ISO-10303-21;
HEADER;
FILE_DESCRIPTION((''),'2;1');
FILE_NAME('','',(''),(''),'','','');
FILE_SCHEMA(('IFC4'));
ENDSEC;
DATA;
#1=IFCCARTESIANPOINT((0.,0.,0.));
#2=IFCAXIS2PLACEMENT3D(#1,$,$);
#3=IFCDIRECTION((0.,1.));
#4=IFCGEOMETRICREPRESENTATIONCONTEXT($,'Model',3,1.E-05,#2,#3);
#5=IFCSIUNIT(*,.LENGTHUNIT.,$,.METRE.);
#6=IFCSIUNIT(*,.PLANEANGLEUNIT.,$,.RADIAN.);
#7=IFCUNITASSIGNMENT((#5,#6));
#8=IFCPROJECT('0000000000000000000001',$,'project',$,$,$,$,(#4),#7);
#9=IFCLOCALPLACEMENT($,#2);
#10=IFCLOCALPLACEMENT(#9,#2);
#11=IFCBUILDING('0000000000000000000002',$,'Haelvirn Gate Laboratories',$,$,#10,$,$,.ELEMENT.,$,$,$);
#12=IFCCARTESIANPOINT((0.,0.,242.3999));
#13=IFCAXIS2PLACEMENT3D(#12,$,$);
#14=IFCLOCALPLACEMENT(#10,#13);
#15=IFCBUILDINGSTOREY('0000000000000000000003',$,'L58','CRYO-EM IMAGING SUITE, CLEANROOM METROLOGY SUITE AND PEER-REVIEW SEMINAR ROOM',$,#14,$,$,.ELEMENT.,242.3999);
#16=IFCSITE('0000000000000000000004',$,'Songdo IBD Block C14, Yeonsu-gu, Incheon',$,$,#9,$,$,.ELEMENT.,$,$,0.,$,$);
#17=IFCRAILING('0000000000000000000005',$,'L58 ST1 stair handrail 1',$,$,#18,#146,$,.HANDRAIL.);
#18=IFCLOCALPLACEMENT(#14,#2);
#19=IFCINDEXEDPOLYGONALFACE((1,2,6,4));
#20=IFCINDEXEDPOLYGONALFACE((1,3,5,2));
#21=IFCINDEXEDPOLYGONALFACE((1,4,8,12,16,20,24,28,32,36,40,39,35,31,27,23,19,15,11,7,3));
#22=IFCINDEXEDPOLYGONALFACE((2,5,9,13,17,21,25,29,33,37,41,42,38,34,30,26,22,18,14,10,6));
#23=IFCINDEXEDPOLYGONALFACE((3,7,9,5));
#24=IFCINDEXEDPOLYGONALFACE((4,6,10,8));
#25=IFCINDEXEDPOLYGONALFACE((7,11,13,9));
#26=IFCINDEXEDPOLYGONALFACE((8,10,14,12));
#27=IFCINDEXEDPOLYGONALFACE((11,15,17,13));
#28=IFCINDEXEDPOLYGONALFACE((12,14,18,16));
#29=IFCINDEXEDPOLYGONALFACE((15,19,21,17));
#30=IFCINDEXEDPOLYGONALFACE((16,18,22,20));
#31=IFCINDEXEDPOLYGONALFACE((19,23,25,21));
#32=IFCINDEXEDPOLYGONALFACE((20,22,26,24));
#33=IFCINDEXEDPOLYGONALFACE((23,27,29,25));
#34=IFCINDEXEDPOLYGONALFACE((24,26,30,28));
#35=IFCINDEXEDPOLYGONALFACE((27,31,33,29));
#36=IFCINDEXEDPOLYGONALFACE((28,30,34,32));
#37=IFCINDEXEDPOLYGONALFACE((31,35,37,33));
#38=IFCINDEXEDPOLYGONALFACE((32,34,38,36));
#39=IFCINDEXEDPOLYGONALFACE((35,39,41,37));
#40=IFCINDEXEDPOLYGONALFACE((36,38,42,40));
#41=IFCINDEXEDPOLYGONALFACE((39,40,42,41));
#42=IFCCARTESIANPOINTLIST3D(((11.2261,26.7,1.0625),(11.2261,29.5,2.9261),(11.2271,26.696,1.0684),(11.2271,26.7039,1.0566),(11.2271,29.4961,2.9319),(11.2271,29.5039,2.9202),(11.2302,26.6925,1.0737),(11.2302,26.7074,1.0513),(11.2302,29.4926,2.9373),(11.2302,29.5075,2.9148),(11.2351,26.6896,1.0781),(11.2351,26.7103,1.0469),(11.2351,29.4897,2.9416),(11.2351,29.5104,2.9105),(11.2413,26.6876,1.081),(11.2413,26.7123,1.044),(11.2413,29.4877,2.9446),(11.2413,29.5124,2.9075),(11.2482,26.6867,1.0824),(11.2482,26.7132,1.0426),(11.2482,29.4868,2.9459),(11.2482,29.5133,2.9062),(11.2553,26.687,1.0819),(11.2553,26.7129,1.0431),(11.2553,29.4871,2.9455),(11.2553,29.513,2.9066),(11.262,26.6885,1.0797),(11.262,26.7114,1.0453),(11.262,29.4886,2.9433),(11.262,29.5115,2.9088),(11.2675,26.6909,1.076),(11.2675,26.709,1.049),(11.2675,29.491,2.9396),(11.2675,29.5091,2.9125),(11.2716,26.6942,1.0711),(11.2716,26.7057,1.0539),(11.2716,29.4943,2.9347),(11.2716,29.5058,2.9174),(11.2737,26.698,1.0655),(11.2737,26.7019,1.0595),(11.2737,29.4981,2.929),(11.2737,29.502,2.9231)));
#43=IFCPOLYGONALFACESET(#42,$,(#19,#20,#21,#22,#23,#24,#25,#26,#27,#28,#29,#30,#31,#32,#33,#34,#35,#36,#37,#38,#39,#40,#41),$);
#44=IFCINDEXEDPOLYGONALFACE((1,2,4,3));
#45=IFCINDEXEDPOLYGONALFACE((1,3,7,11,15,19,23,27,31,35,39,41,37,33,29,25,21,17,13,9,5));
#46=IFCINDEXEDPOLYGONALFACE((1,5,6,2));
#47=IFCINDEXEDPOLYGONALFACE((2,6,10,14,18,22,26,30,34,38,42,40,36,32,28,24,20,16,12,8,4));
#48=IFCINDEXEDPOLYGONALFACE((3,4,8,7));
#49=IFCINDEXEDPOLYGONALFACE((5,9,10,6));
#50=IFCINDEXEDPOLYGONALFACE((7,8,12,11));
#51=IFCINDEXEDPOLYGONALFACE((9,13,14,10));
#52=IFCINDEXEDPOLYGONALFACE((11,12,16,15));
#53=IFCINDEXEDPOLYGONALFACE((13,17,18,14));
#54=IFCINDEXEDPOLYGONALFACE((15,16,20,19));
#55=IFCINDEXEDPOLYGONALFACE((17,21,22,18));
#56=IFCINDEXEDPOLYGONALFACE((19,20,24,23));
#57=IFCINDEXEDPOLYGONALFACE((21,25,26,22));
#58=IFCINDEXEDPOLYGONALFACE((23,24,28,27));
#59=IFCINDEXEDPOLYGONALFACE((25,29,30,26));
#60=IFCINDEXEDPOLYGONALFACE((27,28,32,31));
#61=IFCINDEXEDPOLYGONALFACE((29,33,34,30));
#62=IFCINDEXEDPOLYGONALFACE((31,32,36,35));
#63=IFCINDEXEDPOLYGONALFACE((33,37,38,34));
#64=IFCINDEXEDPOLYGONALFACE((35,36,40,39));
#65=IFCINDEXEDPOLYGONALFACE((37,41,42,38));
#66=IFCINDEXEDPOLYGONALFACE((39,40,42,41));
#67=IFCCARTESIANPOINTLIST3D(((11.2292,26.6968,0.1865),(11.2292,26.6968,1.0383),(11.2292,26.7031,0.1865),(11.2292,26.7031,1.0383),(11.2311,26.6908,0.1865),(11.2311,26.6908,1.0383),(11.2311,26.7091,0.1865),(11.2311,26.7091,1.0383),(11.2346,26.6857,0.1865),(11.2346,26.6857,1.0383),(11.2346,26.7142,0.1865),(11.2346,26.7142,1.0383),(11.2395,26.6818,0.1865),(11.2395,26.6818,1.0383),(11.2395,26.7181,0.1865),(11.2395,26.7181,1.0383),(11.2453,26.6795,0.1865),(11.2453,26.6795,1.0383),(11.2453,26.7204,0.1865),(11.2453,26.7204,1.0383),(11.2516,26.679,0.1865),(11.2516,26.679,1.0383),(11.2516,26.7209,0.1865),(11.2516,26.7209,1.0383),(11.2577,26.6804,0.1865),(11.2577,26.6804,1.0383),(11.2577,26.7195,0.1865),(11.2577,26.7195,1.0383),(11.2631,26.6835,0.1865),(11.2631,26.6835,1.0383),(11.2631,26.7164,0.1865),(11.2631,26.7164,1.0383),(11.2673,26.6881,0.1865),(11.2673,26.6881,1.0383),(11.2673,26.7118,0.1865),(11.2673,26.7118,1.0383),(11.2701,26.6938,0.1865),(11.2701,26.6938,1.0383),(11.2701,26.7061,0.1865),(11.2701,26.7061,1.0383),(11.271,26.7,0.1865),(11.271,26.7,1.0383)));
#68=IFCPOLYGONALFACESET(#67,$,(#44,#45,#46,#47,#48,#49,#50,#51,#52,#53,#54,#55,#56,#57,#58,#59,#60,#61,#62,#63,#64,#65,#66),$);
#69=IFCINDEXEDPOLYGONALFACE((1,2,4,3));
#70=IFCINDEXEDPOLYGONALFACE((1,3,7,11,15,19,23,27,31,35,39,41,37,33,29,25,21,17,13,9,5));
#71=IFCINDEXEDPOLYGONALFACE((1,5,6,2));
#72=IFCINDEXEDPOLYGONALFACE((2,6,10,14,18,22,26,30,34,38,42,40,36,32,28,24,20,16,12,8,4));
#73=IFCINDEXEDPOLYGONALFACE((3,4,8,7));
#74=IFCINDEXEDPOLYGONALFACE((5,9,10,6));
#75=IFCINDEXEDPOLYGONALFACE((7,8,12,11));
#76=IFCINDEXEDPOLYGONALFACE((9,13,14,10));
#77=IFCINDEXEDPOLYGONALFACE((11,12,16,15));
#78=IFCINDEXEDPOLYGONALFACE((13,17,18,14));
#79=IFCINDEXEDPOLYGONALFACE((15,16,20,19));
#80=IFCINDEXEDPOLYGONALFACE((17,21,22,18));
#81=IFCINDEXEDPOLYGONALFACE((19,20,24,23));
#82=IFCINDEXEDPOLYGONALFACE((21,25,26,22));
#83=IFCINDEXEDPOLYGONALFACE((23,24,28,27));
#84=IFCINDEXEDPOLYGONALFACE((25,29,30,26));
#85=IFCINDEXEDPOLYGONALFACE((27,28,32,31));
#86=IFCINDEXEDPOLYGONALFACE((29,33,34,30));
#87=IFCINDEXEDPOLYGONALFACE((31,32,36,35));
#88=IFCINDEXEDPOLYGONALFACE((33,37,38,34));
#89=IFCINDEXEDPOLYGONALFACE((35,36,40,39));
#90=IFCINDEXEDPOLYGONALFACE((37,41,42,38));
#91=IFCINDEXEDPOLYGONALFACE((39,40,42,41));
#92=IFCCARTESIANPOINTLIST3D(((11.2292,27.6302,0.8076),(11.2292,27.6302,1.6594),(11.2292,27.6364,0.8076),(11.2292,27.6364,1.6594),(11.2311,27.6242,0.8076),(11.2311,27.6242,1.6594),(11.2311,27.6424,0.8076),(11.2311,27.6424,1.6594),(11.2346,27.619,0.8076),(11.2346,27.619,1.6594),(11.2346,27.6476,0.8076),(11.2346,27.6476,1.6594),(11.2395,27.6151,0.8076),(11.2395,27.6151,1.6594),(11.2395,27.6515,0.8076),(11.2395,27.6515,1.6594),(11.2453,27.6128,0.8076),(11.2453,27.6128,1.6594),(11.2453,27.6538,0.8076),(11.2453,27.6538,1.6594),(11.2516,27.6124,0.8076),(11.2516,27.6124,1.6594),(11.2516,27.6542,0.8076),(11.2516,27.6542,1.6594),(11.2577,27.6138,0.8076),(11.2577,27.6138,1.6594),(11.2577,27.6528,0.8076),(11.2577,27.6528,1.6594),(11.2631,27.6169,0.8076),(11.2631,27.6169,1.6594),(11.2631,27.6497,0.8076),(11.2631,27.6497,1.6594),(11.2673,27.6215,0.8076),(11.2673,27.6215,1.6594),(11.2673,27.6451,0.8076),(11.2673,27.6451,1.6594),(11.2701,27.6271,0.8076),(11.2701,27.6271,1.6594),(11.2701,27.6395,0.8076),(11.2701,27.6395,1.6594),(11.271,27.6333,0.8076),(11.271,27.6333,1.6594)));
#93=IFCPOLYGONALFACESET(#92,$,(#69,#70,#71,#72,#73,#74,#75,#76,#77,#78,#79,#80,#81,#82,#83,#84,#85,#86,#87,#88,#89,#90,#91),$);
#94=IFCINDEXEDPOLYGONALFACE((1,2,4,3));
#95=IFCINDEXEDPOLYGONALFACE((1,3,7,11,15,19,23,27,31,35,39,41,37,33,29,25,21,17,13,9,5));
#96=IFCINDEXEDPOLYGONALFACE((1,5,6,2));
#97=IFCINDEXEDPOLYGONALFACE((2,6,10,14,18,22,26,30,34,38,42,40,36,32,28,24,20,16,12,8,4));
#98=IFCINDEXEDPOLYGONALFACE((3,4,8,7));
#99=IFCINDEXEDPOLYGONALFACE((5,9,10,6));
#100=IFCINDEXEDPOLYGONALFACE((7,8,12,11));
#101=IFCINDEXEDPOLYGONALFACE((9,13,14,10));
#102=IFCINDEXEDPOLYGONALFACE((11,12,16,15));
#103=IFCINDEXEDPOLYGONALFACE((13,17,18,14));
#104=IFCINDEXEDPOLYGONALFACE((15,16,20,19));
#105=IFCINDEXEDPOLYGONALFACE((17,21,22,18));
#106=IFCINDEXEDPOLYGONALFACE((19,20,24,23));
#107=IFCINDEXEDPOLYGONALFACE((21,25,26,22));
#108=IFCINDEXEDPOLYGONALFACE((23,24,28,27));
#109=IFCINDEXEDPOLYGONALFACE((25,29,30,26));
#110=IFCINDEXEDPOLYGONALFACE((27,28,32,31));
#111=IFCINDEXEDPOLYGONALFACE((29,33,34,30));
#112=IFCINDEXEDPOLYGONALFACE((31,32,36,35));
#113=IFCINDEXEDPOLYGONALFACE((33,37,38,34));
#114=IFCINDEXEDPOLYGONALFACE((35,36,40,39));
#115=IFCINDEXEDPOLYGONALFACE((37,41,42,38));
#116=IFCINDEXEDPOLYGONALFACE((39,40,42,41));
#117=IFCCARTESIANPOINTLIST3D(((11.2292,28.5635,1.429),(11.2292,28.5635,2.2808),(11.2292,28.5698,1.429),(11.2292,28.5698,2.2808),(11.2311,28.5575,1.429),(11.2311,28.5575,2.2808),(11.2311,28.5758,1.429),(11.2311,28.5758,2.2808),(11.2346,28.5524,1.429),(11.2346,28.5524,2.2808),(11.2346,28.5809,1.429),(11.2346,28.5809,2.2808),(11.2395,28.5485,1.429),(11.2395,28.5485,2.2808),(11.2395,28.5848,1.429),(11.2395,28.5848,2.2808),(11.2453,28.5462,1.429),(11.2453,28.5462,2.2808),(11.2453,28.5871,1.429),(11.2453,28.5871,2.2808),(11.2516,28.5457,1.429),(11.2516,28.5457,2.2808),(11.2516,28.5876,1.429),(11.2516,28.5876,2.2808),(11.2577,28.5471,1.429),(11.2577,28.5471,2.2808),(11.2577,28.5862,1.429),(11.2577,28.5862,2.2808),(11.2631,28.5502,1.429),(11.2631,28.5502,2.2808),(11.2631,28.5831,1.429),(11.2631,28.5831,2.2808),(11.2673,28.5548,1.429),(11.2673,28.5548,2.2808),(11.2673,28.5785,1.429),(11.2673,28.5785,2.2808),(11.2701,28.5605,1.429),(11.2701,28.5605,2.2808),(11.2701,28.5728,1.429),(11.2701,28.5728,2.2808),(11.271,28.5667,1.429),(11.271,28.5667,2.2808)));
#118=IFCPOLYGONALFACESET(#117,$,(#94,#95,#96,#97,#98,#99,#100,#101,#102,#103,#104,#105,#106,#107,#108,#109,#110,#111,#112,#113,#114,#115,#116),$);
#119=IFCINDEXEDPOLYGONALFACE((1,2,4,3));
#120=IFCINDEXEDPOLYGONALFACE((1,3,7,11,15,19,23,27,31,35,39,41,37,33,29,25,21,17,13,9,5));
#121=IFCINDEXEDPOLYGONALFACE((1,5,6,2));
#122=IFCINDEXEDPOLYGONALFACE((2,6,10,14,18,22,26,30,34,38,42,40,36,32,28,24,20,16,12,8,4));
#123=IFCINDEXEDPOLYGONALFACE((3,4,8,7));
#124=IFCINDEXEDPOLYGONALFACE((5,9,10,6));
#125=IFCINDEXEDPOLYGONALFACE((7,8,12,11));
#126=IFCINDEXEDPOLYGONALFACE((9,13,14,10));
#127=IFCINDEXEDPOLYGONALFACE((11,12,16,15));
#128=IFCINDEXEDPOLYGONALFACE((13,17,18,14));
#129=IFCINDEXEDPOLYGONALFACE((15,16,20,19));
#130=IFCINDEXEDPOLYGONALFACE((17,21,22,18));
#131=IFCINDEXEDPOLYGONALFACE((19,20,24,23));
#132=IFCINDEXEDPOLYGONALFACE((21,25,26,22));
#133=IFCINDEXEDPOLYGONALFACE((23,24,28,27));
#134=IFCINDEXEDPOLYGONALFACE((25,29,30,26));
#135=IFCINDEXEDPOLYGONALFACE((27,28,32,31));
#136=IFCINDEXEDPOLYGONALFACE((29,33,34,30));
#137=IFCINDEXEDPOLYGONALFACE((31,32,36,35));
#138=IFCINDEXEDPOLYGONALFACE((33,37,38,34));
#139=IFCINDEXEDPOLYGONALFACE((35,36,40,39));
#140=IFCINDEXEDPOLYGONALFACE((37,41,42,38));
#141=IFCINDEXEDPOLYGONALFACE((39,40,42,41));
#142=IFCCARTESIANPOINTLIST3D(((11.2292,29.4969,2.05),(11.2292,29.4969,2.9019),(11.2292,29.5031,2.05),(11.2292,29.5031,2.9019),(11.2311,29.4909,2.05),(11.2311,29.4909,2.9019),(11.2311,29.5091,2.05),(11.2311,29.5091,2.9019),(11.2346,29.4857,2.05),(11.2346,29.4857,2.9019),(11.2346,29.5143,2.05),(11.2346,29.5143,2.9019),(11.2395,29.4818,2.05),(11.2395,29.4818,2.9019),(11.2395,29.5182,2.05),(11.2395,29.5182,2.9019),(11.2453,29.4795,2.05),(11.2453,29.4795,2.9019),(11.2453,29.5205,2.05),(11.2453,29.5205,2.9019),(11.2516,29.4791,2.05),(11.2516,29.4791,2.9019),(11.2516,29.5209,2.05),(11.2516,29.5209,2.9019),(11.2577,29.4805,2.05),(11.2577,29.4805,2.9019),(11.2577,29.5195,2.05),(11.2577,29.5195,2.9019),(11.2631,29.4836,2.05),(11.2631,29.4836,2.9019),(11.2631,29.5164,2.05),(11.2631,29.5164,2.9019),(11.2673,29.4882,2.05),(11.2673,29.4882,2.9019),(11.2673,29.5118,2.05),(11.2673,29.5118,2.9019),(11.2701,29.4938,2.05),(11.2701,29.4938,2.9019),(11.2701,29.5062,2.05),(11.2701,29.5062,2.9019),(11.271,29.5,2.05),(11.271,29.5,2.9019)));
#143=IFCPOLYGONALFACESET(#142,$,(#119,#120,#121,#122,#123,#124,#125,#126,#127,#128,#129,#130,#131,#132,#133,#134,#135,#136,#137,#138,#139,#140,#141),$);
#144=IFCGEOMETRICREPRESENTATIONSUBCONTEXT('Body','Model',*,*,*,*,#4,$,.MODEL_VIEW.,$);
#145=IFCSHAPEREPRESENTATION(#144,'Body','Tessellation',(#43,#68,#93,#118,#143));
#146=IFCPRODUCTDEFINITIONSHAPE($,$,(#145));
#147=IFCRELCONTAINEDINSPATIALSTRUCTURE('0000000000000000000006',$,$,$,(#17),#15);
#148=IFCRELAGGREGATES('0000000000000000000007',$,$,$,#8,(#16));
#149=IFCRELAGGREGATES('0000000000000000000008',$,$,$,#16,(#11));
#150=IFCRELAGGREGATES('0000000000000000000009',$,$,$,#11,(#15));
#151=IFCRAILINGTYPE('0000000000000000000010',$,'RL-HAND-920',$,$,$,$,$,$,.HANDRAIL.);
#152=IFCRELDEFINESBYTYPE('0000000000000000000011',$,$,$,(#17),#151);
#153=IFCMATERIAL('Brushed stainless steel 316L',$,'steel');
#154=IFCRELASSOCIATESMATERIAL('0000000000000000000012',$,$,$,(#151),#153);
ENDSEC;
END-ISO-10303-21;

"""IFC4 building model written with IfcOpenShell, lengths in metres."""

from ifc_helpers import new_model, si_unit, direction, frame, origin, origin_2d, place, context, subcontext, project, spatial, circle, extrude, source, transform, mapped, material, type_object, element, save


model = new_model("IFC4")

# Units and contexts
model_context = context("Model", 3, precision=1e-05, world=origin(), true_north=direction((0.0, 1.0)))
body_context = subcontext(model_context, "Body", "Model", "MODEL_VIEW")
ifc_project = project(units=[si_unit("LENGTHUNIT", "METRE"), si_unit("PLANEANGLEUNIT", "RADIAN")], contexts=[model_context])

# Site, building, storey
site_placement = place(None, origin())
site = spatial("IfcSite", under=ifc_project, at=site_placement, Name="Songdo IBD Block C14, Yeonsu-gu, Incheon", CompositionType="ELEMENT", RefElevation=0.0)
building_placement = place(site_placement, origin())
building = spatial("IfcBuilding", under=site, at=building_placement, Name="Haelvirn Gate Laboratories", CompositionType="ELEMENT")
storey_placement = place(building_placement, frame((0.0, 0.0, 242.3999)))
storey = spatial("IfcBuildingStorey", under=building, at=storey_placement, Name="L58", Description="CRYO-EM IMAGING SUITE, CLEANROOM METROLOGY SUITE AND PEER-REVIEW SEMINAR ROOM", CompositionType="ELEMENT", Elevation=242.3999)

# Railing
ifc_material_1 = material(Name="Brushed stainless steel 316L", Category="steel")
railing_type_1 = type_object("IfcRailingType", Name="RL-HAND-920", PredefinedType="HANDRAIL", material=ifc_material_1)
shared_shape_1 = source(origin(), body_context, "Body", "SweptSolid", [
    extrude(circle(Radius=0.0239, at=origin_2d()), frame((0.0, 0.0, 0.876), z_axis=(0.0, 0.832486, 0.554047), x_axis=(-1.0, 0.0, 0.0)), (0.0, 0.0, 1.0), 3.3635),
    extrude(circle(Radius=0.021, at=origin_2d()), origin(), (0.0, 0.0, 1.0), 0.8518),
    extrude(circle(Radius=0.021, at=origin_2d()), frame((0.0, 0.9333, 0.6211)), (0.0, 0.0, 1.0), 0.8518),
    extrude(circle(Radius=0.021, at=origin_2d()), frame((0.0, 1.8667, 1.2424)), (0.0, 0.0, 1.0), 0.8518),
    extrude(circle(Radius=0.021, at=origin_2d()), frame((0.0, 2.8, 1.8635)), (0.0, 0.0, 1.0), 0.8518),
])
railing_1_placement = place(storey_placement, frame((11.25, 26.7, 0.1865)))
element("IfcRailing", 1, at=railing_1_placement, inside=storey, type_object=railing_type_1, Name="L58 ST1 stair handrail 1", PredefinedType="HANDRAIL", context=body_context, shape_type="MappedRepresentation", body=[
    mapped(shared_shape_1, transform((0.0, 0.0, 0.0), scale=1.0)),
])

save(model, "model.ifc")
